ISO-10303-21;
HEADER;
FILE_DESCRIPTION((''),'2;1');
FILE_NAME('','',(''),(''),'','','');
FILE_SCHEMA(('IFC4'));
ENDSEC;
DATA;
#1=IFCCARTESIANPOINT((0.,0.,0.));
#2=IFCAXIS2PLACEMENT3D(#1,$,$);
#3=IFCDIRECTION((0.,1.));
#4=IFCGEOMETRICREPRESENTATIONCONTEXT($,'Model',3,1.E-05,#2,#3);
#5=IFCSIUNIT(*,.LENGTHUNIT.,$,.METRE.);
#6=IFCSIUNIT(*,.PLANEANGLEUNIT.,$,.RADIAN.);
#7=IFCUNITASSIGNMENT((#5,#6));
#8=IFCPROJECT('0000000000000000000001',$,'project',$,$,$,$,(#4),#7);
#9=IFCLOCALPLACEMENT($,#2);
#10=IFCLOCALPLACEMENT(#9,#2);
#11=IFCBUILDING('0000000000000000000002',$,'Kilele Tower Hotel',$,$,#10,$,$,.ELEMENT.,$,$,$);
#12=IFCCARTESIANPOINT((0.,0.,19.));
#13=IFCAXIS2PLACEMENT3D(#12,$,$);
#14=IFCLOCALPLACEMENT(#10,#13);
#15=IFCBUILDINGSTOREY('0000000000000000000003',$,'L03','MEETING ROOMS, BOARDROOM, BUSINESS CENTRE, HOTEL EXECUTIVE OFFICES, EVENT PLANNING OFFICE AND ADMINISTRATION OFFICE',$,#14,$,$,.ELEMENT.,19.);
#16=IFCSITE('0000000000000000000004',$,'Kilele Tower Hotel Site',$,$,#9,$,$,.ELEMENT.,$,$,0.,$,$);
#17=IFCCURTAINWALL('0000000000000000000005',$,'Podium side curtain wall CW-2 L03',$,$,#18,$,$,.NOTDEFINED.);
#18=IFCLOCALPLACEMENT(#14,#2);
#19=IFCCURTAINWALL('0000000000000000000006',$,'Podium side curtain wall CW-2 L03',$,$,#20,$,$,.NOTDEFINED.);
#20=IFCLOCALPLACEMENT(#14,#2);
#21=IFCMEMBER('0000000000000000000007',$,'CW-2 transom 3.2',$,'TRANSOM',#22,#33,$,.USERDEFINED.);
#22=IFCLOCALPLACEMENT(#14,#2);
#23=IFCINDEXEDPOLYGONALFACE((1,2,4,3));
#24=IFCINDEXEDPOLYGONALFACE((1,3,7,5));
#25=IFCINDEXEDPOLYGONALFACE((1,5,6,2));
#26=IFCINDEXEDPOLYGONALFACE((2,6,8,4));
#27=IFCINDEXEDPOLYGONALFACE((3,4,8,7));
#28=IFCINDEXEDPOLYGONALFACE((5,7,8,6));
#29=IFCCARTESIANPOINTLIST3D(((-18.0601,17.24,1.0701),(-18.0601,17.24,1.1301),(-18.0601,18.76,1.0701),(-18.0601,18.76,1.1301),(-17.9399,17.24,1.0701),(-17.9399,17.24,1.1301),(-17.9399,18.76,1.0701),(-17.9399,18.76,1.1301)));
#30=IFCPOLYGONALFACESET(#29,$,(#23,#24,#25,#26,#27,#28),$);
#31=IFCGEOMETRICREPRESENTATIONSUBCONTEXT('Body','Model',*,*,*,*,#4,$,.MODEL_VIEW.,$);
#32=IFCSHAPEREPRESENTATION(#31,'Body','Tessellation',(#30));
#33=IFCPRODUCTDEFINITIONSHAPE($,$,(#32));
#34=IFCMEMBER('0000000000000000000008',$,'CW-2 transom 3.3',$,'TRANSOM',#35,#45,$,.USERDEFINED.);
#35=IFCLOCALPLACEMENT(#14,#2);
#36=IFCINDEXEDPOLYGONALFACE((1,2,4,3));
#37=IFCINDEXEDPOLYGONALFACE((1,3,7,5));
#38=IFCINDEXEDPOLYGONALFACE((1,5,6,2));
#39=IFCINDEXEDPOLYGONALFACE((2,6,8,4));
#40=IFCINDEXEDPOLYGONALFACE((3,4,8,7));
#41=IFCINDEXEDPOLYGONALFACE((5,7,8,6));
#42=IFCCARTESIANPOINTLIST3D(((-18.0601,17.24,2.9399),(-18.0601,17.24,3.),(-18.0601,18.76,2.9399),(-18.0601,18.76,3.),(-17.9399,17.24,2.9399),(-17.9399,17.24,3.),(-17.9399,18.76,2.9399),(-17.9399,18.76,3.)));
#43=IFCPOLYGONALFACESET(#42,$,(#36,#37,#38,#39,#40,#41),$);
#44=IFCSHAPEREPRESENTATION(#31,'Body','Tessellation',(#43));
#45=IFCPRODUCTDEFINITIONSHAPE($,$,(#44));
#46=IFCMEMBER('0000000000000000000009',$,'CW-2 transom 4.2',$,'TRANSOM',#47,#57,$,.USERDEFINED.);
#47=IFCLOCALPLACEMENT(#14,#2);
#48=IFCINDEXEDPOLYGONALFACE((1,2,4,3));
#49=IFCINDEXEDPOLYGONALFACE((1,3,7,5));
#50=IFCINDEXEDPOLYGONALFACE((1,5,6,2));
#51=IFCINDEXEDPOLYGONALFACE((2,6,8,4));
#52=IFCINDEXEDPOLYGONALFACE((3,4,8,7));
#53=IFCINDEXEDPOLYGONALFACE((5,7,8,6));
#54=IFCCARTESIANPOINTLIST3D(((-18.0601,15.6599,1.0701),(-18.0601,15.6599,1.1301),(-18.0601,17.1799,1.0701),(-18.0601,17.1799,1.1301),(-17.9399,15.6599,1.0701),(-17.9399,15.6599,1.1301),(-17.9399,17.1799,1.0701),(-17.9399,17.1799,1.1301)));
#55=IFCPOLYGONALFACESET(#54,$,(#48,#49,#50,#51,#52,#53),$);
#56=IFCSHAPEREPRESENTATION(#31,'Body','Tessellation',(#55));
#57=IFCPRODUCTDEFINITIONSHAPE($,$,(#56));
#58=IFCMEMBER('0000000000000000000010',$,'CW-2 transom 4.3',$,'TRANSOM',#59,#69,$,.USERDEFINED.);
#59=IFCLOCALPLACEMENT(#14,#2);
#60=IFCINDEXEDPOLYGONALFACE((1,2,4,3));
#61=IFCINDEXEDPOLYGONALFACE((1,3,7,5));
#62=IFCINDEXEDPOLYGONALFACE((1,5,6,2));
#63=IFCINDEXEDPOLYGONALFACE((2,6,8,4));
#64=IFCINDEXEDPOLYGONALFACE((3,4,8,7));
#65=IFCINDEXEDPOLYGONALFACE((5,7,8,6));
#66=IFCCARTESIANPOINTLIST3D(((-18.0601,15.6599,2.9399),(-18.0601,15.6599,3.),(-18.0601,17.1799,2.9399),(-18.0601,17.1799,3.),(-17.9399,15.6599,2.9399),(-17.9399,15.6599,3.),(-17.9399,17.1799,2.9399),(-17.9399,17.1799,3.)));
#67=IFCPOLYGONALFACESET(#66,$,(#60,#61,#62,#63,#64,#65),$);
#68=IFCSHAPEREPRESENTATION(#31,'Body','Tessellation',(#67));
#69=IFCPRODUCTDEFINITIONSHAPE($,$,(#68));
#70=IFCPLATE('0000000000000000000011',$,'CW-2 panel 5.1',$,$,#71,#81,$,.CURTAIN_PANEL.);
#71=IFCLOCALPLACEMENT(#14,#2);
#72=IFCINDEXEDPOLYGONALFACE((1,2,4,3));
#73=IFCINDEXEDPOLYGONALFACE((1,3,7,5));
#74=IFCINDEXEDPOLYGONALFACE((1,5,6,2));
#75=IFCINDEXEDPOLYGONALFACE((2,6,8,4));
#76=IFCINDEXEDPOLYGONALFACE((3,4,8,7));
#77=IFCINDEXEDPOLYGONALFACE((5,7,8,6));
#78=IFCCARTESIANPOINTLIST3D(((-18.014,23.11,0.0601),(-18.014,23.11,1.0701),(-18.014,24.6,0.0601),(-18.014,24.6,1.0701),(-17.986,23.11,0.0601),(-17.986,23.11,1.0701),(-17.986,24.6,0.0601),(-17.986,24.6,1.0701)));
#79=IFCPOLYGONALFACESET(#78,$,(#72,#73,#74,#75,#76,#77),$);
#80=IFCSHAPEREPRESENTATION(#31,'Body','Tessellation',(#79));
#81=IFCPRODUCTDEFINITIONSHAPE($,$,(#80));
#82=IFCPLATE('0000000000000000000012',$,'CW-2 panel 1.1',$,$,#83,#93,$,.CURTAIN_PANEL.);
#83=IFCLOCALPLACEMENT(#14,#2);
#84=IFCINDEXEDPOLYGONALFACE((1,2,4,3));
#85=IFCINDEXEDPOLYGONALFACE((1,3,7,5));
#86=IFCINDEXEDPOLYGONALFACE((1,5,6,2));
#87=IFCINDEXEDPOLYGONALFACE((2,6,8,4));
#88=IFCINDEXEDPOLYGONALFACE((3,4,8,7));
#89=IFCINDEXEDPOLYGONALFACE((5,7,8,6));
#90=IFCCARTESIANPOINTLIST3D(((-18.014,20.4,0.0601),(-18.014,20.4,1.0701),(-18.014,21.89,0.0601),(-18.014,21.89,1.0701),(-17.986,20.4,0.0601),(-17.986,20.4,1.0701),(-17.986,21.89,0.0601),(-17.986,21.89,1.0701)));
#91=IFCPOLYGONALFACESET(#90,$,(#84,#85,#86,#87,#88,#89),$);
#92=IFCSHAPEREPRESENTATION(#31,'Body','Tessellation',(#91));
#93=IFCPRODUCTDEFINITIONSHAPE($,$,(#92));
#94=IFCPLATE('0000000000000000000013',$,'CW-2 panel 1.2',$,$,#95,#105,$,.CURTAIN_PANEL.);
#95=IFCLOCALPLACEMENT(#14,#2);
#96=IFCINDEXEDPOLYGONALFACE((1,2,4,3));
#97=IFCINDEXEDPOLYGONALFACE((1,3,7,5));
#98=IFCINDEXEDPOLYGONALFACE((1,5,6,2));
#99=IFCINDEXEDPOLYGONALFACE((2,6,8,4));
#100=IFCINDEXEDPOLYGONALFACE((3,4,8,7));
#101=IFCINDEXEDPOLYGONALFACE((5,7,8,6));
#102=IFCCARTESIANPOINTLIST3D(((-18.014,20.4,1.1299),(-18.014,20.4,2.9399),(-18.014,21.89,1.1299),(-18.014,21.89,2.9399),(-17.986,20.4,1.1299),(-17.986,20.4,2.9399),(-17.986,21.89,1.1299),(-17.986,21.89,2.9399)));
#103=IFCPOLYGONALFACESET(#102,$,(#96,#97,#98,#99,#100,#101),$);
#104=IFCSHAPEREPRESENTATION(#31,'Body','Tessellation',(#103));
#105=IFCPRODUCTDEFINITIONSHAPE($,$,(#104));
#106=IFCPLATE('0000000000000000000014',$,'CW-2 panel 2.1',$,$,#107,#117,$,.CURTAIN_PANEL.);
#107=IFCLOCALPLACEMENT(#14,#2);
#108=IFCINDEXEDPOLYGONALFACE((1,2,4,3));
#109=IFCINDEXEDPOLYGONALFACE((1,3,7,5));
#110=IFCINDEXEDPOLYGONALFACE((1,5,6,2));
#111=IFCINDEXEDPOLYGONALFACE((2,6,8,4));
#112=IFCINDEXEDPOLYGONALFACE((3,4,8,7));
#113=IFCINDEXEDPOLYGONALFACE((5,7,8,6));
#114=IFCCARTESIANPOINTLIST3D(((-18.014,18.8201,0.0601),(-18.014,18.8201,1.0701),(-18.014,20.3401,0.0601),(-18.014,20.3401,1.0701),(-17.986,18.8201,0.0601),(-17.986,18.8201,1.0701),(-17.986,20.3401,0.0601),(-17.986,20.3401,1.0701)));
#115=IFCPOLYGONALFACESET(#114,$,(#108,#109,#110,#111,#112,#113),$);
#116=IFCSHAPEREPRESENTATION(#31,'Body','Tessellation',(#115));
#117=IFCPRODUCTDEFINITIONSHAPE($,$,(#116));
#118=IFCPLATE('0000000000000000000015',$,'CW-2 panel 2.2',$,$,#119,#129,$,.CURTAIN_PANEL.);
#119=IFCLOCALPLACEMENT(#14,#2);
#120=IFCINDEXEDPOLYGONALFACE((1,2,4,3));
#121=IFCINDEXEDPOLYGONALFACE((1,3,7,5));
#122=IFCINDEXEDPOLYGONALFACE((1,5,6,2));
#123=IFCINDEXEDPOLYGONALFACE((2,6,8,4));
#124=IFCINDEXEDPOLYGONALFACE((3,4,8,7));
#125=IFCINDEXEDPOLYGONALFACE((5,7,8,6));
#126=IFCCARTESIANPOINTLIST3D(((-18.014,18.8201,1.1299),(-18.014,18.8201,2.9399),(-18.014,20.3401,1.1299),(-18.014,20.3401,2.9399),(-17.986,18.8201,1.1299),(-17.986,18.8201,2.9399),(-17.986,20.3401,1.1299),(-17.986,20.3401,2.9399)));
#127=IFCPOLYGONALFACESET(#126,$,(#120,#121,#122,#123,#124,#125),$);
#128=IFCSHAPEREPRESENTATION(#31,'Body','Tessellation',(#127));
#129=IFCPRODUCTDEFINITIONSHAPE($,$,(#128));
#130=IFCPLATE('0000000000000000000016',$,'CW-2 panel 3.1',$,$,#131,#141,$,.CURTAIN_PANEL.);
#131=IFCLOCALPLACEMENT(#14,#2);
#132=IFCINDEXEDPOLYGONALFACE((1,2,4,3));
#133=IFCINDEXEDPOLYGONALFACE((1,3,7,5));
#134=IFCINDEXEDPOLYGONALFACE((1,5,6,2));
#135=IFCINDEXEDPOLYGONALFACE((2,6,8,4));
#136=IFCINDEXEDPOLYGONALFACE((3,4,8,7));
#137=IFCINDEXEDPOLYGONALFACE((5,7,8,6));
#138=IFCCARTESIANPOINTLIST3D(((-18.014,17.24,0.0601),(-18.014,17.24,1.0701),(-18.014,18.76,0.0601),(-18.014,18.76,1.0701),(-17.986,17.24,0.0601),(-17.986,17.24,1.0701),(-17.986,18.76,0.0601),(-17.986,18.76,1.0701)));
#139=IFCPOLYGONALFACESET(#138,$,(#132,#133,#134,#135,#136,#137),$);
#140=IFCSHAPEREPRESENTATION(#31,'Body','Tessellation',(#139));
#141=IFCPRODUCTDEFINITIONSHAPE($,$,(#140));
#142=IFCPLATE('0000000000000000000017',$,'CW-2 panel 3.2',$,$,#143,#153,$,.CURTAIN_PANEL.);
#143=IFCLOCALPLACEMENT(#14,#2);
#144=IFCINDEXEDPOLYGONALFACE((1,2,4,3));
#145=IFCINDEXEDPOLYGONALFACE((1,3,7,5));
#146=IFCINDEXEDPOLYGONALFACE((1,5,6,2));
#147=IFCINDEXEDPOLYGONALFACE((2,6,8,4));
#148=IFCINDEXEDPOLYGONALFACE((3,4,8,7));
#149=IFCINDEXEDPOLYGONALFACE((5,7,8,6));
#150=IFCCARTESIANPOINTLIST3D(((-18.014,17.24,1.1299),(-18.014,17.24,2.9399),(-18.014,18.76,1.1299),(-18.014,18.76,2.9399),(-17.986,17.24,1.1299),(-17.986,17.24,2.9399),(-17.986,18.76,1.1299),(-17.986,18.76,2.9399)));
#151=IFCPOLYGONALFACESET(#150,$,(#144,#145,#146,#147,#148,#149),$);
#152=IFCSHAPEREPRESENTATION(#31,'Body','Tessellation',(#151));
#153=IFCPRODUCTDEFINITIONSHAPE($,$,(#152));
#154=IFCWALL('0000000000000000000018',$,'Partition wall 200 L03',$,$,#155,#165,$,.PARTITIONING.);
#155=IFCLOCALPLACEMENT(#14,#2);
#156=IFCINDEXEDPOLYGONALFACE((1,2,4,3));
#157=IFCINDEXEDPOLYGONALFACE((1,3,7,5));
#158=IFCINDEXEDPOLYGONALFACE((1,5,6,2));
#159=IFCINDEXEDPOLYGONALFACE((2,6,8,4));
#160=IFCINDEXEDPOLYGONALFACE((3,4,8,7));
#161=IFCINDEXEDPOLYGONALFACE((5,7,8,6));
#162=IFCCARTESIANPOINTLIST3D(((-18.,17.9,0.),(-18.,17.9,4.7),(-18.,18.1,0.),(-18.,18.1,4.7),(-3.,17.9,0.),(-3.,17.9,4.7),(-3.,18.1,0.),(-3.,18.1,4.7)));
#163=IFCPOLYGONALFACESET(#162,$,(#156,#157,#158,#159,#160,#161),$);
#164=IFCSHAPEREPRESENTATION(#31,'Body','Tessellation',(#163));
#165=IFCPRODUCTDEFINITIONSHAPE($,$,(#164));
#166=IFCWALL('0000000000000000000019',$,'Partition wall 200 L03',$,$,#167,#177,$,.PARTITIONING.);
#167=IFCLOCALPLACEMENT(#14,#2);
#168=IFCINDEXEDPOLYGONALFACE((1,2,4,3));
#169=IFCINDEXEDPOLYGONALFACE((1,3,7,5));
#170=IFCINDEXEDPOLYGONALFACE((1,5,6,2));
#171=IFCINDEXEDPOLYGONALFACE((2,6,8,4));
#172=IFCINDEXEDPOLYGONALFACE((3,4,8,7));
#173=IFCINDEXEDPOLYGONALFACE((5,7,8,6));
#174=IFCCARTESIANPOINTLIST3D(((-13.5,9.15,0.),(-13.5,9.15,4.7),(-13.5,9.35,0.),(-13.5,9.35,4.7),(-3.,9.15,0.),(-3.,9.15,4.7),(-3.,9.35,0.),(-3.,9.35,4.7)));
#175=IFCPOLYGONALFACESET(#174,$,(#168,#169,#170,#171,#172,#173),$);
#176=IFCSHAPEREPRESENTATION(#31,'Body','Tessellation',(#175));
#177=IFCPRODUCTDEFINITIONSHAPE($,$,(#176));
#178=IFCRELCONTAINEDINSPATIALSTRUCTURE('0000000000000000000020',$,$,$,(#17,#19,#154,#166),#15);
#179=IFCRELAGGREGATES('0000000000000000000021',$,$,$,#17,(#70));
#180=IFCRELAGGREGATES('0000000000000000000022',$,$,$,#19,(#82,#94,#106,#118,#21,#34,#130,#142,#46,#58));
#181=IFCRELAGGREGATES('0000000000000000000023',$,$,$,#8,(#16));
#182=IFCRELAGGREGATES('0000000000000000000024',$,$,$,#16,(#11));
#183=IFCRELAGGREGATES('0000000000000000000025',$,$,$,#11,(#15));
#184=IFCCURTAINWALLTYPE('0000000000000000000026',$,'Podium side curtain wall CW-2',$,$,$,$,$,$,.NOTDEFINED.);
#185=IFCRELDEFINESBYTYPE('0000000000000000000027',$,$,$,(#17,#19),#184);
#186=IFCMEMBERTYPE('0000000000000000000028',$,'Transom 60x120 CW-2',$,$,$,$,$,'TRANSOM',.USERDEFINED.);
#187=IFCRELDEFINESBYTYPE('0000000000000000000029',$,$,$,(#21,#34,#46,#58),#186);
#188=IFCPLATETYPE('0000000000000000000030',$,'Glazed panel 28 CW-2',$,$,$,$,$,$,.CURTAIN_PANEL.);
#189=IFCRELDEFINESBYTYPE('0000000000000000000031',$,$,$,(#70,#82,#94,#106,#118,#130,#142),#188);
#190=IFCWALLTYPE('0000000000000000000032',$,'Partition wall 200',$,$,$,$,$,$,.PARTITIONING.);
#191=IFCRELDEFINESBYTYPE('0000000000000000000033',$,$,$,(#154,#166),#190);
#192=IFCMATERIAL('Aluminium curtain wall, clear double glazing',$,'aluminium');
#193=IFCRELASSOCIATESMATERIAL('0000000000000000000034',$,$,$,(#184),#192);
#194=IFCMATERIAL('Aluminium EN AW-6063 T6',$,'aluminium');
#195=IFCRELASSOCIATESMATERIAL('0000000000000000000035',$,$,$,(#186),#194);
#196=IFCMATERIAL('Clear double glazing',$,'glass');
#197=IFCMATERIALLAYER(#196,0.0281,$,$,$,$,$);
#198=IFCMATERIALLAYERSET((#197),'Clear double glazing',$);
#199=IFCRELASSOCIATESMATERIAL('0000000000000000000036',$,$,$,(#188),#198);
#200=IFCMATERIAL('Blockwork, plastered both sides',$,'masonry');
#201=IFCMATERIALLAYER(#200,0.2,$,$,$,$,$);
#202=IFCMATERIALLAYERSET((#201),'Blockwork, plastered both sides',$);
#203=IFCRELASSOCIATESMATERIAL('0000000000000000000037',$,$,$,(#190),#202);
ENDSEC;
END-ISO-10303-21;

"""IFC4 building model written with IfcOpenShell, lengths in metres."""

from ifc_helpers import new_model, si_unit, direction, frame, frame_2d, origin, origin_2d, place, context, subcontext, project, spatial, rectangle, extrude, material, layer, layer_set, material_profile, profile_set, type_object, element, aggregate, save


model = new_model("IFC4")

# Units and contexts
model_context = context("Model", 3, precision=1e-05, world=origin(), true_north=direction((0.0, 1.0)))
body_context = subcontext(model_context, "Body", "Model", "MODEL_VIEW")
ifc_project = project(units=[si_unit("LENGTHUNIT", "METRE"), si_unit("PLANEANGLEUNIT", "RADIAN")], contexts=[model_context])

# Site, building, storey
site_placement = place(None, origin())
site = spatial("IfcSite", under=ifc_project, at=site_placement, Name="Kilele Tower Hotel Site", CompositionType="ELEMENT", RefElevation=0.0)
building_placement = place(site_placement, origin())
building = spatial("IfcBuilding", under=site, at=building_placement, Name="Kilele Tower Hotel", CompositionType="ELEMENT")
storey_placement = place(building_placement, frame((0.0, 0.0, 19.0)))
storey = spatial("IfcBuildingStorey", under=building, at=storey_placement, Name="L03", Description="MEETING ROOMS, BOARDROOM, BUSINESS CENTRE, HOTEL EXECUTIVE OFFICES, EVENT PLANNING OFFICE AND ADMINISTRATION OFFICE", CompositionType="ELEMENT", Elevation=19.0)

# Curtain wall
ifc_material_1 = material(Name="Aluminium curtain wall, clear double glazing", Category="aluminium")
curtain_wall_type = type_object("IfcCurtainWallType", Name="Podium side curtain wall CW-2", PredefinedType="NOTDEFINED", material=ifc_material_1)
curtain_wall_1_placement = place(storey_placement, origin())
curtain_wall_1 = element("IfcCurtainWall", 1, at=curtain_wall_1_placement, inside=storey, type_object=curtain_wall_type, Name="Podium side curtain wall CW-2 L03", PredefinedType="NOTDEFINED")

# Curtain wall, members
curtain_wall_2_placement = place(storey_placement, origin())
curtain_wall_2 = element("IfcCurtainWall", 2, at=curtain_wall_2_placement, inside=storey, type_object=curtain_wall_type, Name="Podium side curtain wall CW-2 L03", PredefinedType="NOTDEFINED")
ifc_material_2 = material(Name="Aluminium EN AW-6063 T6", Category="aluminium")
ifc_material_profile_1 = material_profile(ifc_material_2, rectangle(XDim=0.1201, YDim=0.0601, at=origin_2d()))
ifc_profile_set_1 = profile_set([ifc_material_profile_1], Name="Aluminium EN AW-6063 T6")
member_type_1 = type_object("IfcMemberType", Name="Transom 60x120 CW-2", ElementType="TRANSOM", PredefinedType="USERDEFINED", material=ifc_profile_set_1)
member_1_placement = place(storey_placement, frame((-18.0, 18.76, 1.1001), z_axis=(0.0, -1.0, 0.0), x_axis=(1.0, 0.0, 0.0)))
member_1 = element("IfcMember", 3, at=member_1_placement, type_object=member_type_1, Name="CW-2 transom 3.2", ObjectType="TRANSOM", PredefinedType="USERDEFINED", context=body_context, shape_type="SweptSolid", body=[
    extrude(rectangle(XDim=0.1201, YDim=0.0601, at=origin_2d()), origin(), (0.0, 0.0, 1.0), 1.52),
])
member_2_placement = place(storey_placement, frame((-18.0, 18.76, 2.97), z_axis=(0.0, -1.0, 0.0), x_axis=(1.0, 0.0, 0.0)))
member_2 = element("IfcMember", 4, at=member_2_placement, type_object=member_type_1, Name="CW-2 transom 3.3", ObjectType="TRANSOM", PredefinedType="USERDEFINED", context=body_context, shape_type="SweptSolid", body=[
    extrude(rectangle(XDim=0.1201, YDim=0.0601, at=origin_2d()), origin(), (0.0, 0.0, 1.0), 1.52),
])
member_3_placement = place(storey_placement, frame((-18.0, 17.1799, 1.1001), z_axis=(0.0, -1.0, 0.0), x_axis=(1.0, 0.0, 0.0)))
member_3 = element("IfcMember", 5, at=member_3_placement, type_object=member_type_1, Name="CW-2 transom 4.2", ObjectType="TRANSOM", PredefinedType="USERDEFINED", context=body_context, shape_type="SweptSolid", body=[
    extrude(rectangle(XDim=0.1201, YDim=0.0601, at=origin_2d()), origin(), (0.0, 0.0, 1.0), 1.52),
])
member_4_placement = place(storey_placement, frame((-18.0, 17.1799, 2.97), z_axis=(0.0, -1.0, 0.0), x_axis=(1.0, 0.0, 0.0)))
member_4 = element("IfcMember", 6, at=member_4_placement, type_object=member_type_1, Name="CW-2 transom 4.3", ObjectType="TRANSOM", PredefinedType="USERDEFINED", context=body_context, shape_type="SweptSolid", body=[
    extrude(rectangle(XDim=0.1201, YDim=0.0601, at=origin_2d()), origin(), (0.0, 0.0, 1.0), 1.52),
])

# Plates
ifc_material_3 = material(Name="Clear double glazing", Category="glass")
ifc_layer_1 = layer(ifc_material_3, 0.0281)
ifc_layer_set_1 = layer_set([ifc_layer_1], Name="Clear double glazing")
plate_type = type_object("IfcPlateType", Name="Glazed panel 28 CW-2", PredefinedType="CURTAIN_PANEL", material=ifc_layer_set_1)
plate_1_placement = place(storey_placement, frame((-18.0, 23.855, 0.0601), z_axis=(0.0, 0.0, 1.0), x_axis=(0.0, -1.0, 0.0)))
plate_1 = element("IfcPlate", 7, at=plate_1_placement, type_object=plate_type, Name="CW-2 panel 5.1", PredefinedType="CURTAIN_PANEL", context=body_context, shape_type="SweptSolid", body=[
    extrude(rectangle(XDim=1.49, YDim=0.0281, at=origin_2d()), origin(), (0.0, 0.0, 1.0), 1.01),
])
aggregate(curtain_wall_1, [plate_1])
plate_2_placement = place(storey_placement, frame((-18.0, 21.145, 0.0601), z_axis=(0.0, 0.0, 1.0), x_axis=(0.0, -1.0, 0.0)))
plate_2 = element("IfcPlate", 8, at=plate_2_placement, type_object=plate_type, Name="CW-2 panel 1.1", PredefinedType="CURTAIN_PANEL", context=body_context, shape_type="SweptSolid", body=[
    extrude(rectangle(XDim=1.49, YDim=0.0281, at=origin_2d()), origin(), (0.0, 0.0, 1.0), 1.01),
])
plate_3_placement = place(storey_placement, frame((-18.0, 21.145, 1.1299), z_axis=(0.0, 0.0, 1.0), x_axis=(0.0, -1.0, 0.0)))
plate_3 = element("IfcPlate", 9, at=plate_3_placement, type_object=plate_type, Name="CW-2 panel 1.2", PredefinedType="CURTAIN_PANEL", context=body_context, shape_type="SweptSolid", body=[
    extrude(rectangle(XDim=1.49, YDim=0.0281, at=origin_2d()), origin(), (0.0, 0.0, 1.0), 1.8101),
])
plate_4_placement = place(storey_placement, frame((-18.0, 19.5801, 0.0601), z_axis=(0.0, 0.0, 1.0), x_axis=(0.0, -1.0, 0.0)))
plate_4 = element("IfcPlate", 10, at=plate_4_placement, type_object=plate_type, Name="CW-2 panel 2.1", PredefinedType="CURTAIN_PANEL", context=body_context, shape_type="SweptSolid", body=[
    extrude(rectangle(XDim=1.52, YDim=0.0281, at=origin_2d()), origin(), (0.0, 0.0, 1.0), 1.01),
])
plate_5_placement = place(storey_placement, frame((-18.0, 19.5801, 1.1299), z_axis=(0.0, 0.0, 1.0), x_axis=(0.0, -1.0, 0.0)))
plate_5 = element("IfcPlate", 11, at=plate_5_placement, type_object=plate_type, Name="CW-2 panel 2.2", PredefinedType="CURTAIN_PANEL", context=body_context, shape_type="SweptSolid", body=[
    extrude(rectangle(XDim=1.52, YDim=0.0281, at=origin_2d()), origin(), (0.0, 0.0, 1.0), 1.8101),
])
plate_6_placement = place(storey_placement, frame((-18.0, 18.0, 0.0601), z_axis=(0.0, 0.0, 1.0), x_axis=(0.0, -1.0, 0.0)))
plate_6 = element("IfcPlate", 12, at=plate_6_placement, type_object=plate_type, Name="CW-2 panel 3.1", PredefinedType="CURTAIN_PANEL", context=body_context, shape_type="SweptSolid", body=[
    extrude(rectangle(XDim=1.52, YDim=0.0281, at=origin_2d()), origin(), (0.0, 0.0, 1.0), 1.01),
])
plate_7_placement = place(storey_placement, frame((-18.0, 18.0, 1.1299), z_axis=(0.0, 0.0, 1.0), x_axis=(0.0, -1.0, 0.0)))
plate_7 = element("IfcPlate", 13, at=plate_7_placement, type_object=plate_type, Name="CW-2 panel 3.2", PredefinedType="CURTAIN_PANEL", context=body_context, shape_type="SweptSolid", body=[
    extrude(rectangle(XDim=1.52, YDim=0.0281, at=origin_2d()), origin(), (0.0, 0.0, 1.0), 1.8101),
])
aggregate(curtain_wall_2, [plate_2, plate_3, plate_4, plate_5, member_1, member_2, plate_6, plate_7, member_3, member_4])

# Walls
ifc_material_4 = material(Name="Blockwork, plastered both sides", Category="masonry")
ifc_layer_2 = layer(ifc_material_4, 0.2)
ifc_layer_set_2 = layer_set([ifc_layer_2], Name="Blockwork, plastered both sides")
wall_type_1 = type_object("IfcWallType", Name="Partition wall 200", PredefinedType="PARTITIONING", material=ifc_layer_set_2)
wall_1_placement = place(storey_placement, frame((-18.0, 18.0, 0.0), z_axis=(0.0, 0.0, 1.0), x_axis=(1.0, 0.0, 0.0)))
element("IfcWall", 14, at=wall_1_placement, inside=storey, type_object=wall_type_1, Name="Partition wall 200 L03", PredefinedType="PARTITIONING", context=body_context, shape_type="SweptSolid", body=[
    extrude(rectangle(XDim=15.0, YDim=0.2, at=frame_2d((7.5, 0.0))), origin(), (0.0, 0.0, 1.0), 4.7),
])
wall_2_placement = place(storey_placement, frame((-13.5, 9.25, 0.0), z_axis=(0.0, 0.0, 1.0), x_axis=(1.0, 0.0, 0.0)))
element("IfcWall", 15, at=wall_2_placement, inside=storey, type_object=wall_type_1, Name="Partition wall 200 L03", PredefinedType="PARTITIONING", context=body_context, shape_type="SweptSolid", body=[
    extrude(rectangle(XDim=10.5, YDim=0.2, at=frame_2d((5.25, 0.0))), origin(), (0.0, 0.0, 1.0), 4.7),
])

save(model, "model.ifc")
